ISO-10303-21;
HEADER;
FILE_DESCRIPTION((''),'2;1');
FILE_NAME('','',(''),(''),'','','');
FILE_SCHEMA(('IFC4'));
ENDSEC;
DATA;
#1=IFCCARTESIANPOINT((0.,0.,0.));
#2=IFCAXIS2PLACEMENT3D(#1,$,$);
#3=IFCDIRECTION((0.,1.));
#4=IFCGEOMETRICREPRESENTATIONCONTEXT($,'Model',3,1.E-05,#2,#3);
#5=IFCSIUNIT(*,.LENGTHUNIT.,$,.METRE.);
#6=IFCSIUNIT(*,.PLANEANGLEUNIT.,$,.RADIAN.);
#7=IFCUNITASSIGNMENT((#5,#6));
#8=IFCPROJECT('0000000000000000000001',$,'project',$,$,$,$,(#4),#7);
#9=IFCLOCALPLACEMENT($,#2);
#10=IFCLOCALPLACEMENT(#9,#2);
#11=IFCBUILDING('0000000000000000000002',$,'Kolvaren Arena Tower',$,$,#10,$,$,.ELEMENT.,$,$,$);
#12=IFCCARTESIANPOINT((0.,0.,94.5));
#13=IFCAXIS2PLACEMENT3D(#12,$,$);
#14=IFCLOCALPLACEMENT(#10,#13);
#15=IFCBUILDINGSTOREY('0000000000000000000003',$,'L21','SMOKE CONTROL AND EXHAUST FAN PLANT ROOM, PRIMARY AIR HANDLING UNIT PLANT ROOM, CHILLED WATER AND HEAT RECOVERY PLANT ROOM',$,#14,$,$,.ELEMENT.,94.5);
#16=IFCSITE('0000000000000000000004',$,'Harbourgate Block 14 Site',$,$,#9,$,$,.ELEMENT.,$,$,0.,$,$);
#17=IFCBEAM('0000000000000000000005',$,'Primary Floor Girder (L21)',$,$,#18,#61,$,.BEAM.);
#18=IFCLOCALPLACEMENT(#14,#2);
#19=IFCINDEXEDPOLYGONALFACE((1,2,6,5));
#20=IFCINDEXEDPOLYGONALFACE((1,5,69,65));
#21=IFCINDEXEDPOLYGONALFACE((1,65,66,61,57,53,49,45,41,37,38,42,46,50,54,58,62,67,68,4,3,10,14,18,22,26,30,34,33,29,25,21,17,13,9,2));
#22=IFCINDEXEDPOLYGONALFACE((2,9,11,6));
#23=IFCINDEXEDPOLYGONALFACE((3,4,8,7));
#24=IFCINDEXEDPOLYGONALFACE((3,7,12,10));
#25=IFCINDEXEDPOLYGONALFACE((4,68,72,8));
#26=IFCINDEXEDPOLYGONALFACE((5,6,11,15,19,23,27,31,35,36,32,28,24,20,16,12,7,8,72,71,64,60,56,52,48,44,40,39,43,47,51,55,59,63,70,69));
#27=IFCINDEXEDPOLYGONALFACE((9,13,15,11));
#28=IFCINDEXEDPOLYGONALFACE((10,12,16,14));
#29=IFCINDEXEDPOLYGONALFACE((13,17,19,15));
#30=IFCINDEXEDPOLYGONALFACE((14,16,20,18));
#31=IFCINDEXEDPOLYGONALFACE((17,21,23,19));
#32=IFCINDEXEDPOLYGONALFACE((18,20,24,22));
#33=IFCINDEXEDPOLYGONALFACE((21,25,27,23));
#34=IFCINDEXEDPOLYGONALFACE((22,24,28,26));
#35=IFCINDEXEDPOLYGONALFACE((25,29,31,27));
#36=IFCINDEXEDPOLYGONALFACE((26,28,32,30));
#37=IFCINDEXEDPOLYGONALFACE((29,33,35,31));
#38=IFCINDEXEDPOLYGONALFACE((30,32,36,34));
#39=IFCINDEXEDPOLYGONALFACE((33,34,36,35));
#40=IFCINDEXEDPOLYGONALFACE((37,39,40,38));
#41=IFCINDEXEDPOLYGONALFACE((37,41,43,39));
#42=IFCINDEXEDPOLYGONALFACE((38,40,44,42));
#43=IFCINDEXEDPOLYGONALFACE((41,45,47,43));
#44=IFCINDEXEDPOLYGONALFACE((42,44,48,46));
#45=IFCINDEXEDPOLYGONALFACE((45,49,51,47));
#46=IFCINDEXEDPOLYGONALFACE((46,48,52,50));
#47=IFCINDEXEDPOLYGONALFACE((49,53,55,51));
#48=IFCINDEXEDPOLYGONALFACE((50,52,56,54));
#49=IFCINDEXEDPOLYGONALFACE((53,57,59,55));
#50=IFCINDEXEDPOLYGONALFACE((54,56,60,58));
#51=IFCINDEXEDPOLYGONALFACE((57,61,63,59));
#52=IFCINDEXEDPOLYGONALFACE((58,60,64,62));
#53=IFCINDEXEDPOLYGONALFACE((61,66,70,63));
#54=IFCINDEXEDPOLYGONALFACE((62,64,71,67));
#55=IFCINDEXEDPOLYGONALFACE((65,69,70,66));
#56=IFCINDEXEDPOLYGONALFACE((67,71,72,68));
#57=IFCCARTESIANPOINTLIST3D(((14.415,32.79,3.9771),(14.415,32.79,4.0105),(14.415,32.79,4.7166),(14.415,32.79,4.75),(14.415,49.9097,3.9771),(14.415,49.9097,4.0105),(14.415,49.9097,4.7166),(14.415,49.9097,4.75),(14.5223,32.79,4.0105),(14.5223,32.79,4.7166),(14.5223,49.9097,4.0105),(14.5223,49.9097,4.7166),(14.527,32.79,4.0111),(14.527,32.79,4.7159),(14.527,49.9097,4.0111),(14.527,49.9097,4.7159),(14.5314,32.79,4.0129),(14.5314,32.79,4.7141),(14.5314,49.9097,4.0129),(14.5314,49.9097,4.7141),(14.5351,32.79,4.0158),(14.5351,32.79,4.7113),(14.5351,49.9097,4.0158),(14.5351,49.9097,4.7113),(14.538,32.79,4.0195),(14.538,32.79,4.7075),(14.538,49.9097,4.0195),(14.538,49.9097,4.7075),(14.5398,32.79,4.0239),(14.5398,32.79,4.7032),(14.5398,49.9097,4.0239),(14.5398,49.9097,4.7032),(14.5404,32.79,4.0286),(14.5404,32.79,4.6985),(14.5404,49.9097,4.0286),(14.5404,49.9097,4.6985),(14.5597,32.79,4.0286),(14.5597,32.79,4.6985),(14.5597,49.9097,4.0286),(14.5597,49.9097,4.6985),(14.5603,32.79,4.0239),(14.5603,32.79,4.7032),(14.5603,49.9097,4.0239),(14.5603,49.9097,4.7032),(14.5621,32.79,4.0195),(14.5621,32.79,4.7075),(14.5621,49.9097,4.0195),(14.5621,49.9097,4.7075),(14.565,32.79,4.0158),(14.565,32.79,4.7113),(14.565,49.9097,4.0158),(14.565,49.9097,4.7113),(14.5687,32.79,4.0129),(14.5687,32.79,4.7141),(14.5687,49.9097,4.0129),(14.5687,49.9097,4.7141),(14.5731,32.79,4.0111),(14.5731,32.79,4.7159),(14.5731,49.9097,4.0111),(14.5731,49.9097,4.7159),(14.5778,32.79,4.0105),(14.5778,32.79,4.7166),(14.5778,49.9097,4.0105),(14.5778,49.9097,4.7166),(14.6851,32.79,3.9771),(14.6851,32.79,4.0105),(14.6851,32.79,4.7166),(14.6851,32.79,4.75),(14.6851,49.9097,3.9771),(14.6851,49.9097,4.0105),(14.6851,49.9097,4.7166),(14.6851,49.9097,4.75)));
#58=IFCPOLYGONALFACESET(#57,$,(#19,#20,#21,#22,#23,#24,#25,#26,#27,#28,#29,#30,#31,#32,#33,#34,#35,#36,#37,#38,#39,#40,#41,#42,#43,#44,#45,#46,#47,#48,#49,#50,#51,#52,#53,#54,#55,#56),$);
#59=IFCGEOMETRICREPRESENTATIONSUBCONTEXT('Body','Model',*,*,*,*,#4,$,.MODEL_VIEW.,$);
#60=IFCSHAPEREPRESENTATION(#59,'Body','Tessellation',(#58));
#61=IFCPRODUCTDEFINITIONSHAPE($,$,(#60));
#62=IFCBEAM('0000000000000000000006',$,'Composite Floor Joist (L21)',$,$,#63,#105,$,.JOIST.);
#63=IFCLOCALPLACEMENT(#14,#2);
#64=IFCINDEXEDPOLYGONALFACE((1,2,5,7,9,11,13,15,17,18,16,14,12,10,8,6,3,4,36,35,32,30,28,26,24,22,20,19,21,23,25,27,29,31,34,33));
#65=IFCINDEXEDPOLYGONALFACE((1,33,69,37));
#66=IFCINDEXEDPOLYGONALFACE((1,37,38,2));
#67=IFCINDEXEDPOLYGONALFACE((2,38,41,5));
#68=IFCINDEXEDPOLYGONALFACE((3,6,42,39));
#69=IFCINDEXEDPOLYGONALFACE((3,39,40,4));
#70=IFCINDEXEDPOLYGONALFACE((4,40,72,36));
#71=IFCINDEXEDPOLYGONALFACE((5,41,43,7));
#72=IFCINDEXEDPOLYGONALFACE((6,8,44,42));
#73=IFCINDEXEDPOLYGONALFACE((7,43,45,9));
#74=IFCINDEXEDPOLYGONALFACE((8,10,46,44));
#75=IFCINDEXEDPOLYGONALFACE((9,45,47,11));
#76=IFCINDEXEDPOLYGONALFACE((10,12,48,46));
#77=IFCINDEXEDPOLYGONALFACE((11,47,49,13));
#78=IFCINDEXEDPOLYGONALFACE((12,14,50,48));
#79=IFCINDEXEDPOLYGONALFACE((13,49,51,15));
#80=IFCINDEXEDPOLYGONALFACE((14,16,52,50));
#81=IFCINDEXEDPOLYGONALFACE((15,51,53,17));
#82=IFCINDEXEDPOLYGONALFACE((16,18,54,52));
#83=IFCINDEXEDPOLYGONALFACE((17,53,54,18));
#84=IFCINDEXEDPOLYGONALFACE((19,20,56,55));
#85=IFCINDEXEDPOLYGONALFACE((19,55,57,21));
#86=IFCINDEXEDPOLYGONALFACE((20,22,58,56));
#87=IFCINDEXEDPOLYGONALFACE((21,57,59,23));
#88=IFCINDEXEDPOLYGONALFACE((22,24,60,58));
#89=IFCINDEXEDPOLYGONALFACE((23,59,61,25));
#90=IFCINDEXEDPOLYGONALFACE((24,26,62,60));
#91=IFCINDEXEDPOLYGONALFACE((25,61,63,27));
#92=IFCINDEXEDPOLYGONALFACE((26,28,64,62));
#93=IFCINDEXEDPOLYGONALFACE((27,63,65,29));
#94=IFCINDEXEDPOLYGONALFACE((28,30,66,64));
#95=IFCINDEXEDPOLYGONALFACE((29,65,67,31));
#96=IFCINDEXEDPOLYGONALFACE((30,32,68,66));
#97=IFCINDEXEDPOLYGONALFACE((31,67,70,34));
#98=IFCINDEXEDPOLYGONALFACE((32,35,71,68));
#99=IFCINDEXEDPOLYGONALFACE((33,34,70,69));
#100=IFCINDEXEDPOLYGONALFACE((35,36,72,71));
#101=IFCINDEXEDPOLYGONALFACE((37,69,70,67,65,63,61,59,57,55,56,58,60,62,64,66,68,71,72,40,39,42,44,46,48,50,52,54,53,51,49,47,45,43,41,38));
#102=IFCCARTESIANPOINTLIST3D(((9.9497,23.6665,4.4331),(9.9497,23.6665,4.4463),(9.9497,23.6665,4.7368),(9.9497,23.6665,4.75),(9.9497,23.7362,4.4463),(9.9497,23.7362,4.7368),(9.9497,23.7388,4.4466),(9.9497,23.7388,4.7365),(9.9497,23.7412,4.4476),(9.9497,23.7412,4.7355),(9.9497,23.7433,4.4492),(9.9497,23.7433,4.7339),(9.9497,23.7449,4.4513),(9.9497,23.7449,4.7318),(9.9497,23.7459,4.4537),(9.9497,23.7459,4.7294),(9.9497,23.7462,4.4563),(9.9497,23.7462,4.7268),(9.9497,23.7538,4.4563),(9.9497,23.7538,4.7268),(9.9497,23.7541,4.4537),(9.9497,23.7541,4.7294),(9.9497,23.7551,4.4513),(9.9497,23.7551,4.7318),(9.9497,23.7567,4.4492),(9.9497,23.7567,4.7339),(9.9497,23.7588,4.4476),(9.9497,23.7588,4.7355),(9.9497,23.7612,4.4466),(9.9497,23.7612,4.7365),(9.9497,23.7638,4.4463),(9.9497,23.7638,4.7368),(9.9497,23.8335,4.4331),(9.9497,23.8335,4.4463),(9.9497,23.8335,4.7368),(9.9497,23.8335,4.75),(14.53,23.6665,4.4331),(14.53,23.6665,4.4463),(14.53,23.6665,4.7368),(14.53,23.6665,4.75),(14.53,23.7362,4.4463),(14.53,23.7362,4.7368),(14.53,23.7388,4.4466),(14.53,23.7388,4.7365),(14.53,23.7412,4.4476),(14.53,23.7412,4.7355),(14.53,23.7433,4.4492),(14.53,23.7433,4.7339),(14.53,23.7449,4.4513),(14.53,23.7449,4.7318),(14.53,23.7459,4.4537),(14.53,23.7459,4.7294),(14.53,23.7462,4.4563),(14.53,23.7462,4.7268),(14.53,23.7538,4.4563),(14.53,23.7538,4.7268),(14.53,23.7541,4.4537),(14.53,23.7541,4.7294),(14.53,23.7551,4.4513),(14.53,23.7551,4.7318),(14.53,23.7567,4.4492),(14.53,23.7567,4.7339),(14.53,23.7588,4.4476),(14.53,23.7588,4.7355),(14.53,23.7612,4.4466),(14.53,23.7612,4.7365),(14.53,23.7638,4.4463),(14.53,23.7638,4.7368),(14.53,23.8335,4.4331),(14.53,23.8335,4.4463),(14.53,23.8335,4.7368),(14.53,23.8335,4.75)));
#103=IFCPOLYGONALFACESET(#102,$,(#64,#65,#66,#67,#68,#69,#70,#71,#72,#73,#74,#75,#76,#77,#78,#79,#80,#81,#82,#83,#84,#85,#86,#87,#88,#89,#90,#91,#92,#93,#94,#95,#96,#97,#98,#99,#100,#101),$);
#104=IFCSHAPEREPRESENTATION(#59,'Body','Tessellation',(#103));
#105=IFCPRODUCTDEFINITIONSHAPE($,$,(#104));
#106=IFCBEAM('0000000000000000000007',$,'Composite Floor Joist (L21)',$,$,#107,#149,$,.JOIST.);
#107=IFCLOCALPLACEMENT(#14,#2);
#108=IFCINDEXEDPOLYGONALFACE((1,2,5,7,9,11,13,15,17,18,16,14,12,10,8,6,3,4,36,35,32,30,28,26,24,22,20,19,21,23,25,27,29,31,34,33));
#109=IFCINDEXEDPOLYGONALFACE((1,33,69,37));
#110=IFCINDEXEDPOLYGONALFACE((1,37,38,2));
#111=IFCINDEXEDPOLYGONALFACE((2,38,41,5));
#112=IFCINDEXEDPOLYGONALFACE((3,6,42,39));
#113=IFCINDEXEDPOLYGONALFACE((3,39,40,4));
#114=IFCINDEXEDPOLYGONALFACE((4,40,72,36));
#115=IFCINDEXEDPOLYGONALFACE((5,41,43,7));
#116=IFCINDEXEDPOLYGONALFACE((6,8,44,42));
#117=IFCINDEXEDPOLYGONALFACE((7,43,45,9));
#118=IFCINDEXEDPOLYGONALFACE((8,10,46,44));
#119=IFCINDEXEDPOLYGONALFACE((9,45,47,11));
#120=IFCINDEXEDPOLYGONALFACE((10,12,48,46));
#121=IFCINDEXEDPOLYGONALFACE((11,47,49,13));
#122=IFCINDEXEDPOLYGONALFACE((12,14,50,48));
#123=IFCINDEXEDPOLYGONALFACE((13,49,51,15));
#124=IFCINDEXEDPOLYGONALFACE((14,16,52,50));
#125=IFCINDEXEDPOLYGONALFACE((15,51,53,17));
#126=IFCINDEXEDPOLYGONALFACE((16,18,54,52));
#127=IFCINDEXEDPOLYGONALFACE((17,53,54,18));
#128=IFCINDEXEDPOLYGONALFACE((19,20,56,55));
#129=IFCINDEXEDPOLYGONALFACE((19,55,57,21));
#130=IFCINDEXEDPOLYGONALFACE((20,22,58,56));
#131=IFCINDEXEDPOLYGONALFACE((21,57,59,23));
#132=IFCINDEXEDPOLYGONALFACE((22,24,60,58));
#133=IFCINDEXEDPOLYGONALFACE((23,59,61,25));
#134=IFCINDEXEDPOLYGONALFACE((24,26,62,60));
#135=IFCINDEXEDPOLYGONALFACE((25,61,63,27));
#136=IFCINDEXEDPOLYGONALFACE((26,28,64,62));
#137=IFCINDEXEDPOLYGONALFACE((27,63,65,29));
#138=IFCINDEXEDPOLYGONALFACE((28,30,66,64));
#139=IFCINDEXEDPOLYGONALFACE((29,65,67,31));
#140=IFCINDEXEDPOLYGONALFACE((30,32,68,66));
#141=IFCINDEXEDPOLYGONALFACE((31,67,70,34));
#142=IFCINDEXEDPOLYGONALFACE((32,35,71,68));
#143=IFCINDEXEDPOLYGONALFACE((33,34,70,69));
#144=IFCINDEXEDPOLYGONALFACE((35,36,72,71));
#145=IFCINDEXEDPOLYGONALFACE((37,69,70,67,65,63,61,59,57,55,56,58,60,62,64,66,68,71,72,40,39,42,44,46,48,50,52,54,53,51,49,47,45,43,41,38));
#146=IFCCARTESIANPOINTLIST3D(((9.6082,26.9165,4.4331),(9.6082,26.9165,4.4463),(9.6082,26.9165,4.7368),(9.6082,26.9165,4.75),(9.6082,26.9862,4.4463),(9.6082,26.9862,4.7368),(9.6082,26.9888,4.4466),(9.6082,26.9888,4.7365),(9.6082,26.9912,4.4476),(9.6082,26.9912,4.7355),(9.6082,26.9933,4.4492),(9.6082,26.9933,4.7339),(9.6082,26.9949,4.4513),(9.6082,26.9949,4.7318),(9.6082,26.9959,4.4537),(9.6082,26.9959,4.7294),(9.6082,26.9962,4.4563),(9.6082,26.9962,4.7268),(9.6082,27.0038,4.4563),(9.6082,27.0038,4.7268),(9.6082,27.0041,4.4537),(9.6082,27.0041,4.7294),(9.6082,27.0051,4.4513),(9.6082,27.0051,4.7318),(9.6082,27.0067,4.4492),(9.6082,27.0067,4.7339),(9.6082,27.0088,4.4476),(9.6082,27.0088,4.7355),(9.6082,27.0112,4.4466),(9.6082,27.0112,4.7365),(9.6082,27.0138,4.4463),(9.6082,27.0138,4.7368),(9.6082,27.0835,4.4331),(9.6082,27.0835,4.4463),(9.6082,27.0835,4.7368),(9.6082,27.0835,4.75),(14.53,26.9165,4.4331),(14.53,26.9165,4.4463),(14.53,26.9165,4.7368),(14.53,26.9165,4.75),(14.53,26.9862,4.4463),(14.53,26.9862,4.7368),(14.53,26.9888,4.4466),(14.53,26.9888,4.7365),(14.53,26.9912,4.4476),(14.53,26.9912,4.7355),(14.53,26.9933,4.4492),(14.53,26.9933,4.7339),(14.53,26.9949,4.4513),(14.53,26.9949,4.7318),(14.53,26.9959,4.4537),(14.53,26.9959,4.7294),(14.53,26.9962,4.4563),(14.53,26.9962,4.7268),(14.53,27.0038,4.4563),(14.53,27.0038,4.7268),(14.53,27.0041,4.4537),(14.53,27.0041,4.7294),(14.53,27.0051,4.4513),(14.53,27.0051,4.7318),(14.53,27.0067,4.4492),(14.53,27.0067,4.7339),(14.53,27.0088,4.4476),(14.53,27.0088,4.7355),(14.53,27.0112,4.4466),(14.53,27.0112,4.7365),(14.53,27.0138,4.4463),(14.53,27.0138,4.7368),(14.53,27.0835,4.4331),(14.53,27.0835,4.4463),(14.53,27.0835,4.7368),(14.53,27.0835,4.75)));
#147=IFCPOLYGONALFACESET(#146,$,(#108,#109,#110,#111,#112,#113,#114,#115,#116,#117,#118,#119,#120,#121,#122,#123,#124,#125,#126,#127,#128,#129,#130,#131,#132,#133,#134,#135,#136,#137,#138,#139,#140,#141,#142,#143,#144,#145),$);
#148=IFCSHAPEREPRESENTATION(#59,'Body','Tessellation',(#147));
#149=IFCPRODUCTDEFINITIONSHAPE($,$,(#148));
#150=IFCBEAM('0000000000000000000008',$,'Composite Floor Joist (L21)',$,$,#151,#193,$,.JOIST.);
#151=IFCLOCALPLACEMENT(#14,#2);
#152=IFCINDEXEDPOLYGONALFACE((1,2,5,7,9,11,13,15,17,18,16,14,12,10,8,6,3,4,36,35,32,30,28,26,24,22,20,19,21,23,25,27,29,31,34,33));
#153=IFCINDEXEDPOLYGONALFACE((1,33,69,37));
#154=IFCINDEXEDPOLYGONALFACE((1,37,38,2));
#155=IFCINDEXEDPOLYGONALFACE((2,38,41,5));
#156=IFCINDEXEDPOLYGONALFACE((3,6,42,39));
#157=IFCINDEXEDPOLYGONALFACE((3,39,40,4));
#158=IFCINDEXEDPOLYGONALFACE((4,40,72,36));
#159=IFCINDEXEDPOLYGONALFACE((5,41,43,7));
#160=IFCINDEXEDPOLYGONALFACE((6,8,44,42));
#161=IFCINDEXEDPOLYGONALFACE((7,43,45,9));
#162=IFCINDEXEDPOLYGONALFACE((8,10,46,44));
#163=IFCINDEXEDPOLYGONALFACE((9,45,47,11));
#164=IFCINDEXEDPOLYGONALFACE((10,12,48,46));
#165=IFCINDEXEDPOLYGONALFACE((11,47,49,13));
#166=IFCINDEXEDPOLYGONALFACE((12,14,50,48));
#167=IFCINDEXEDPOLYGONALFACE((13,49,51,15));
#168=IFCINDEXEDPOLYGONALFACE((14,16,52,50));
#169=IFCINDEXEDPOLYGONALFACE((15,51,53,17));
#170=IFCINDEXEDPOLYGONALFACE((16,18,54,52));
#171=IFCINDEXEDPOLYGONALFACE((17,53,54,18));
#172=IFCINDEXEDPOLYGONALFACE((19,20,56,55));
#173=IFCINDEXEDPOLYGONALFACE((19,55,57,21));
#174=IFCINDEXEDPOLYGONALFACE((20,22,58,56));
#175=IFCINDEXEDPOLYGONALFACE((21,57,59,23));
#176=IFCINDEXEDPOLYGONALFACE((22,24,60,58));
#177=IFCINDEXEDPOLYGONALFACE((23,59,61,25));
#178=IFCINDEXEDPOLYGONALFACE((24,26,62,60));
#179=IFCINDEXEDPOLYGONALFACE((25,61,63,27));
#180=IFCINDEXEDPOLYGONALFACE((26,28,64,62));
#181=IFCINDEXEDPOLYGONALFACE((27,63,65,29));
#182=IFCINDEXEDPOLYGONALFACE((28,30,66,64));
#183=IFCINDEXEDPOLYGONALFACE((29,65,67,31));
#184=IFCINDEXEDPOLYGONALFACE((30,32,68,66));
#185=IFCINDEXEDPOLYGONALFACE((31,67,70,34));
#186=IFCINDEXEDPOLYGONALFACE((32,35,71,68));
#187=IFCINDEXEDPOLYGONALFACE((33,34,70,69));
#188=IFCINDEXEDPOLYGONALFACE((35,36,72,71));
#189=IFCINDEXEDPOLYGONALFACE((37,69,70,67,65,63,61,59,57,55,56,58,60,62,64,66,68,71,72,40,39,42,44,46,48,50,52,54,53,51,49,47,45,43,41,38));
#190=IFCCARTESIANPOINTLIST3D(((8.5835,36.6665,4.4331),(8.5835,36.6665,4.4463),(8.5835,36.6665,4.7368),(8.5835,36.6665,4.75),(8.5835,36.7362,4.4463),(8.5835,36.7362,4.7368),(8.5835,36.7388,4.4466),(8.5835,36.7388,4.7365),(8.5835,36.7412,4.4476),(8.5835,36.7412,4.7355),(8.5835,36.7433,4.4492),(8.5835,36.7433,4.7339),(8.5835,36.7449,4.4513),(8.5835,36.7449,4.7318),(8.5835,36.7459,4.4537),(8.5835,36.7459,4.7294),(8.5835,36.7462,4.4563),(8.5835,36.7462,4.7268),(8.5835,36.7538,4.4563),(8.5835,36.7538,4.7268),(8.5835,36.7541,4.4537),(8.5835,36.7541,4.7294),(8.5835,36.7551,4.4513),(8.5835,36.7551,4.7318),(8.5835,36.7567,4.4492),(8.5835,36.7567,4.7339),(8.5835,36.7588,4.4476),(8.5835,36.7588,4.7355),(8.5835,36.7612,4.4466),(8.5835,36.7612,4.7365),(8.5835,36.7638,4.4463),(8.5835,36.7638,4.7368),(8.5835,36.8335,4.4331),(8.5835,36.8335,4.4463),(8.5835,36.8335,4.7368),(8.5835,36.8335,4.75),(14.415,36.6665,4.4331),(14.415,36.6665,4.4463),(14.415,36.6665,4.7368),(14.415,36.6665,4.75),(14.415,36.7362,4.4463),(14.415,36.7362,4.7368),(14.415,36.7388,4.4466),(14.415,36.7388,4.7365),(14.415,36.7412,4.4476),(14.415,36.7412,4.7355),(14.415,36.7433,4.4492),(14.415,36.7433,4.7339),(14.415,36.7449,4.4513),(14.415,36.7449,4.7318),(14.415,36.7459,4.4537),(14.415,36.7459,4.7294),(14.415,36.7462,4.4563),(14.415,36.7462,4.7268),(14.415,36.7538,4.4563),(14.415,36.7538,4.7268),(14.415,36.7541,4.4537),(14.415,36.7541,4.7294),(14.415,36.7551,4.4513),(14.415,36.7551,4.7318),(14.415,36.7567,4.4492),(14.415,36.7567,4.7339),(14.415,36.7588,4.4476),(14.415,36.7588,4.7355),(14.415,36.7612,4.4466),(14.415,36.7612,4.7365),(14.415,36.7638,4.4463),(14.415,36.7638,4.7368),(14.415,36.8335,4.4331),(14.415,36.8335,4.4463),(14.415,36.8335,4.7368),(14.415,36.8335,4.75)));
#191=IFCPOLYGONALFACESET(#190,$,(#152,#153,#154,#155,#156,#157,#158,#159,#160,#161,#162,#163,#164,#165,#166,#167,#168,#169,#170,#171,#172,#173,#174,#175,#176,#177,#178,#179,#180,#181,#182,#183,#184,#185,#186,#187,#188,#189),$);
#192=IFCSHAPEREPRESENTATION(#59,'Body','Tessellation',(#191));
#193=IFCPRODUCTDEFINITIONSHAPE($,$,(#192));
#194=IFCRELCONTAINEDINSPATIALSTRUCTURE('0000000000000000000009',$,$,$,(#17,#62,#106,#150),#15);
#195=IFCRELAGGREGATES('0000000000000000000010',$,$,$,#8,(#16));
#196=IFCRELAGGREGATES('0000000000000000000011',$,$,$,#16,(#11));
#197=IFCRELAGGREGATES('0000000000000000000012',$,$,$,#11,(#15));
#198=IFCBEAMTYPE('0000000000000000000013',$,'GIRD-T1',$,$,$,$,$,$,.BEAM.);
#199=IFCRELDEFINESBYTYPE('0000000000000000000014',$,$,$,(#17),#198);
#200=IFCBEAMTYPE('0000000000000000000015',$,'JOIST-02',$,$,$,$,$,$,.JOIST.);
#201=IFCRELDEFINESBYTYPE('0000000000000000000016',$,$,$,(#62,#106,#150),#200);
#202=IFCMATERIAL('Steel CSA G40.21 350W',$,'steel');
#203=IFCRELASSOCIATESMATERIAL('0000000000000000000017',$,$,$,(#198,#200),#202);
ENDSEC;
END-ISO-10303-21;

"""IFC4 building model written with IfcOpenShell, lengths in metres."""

from ifc_helpers import new_model, si_unit, direction, frame, origin, origin_2d, place, context, subcontext, project, spatial, i_section, extrude, material, material_profile, profile_set, type_object, element, save


model = new_model("IFC4")

# Units and contexts
model_context = context("Model", 3, precision=1e-05, world=origin(), true_north=direction((0.0, 1.0)))
body_context = subcontext(model_context, "Body", "Model", "MODEL_VIEW")
ifc_project = project(units=[si_unit("LENGTHUNIT", "METRE"), si_unit("PLANEANGLEUNIT", "RADIAN")], contexts=[model_context])

# Site, building, storey
site_placement = place(None, origin())
site = spatial("IfcSite", under=ifc_project, at=site_placement, Name="Harbourgate Block 14 Site", CompositionType="ELEMENT", RefElevation=0.0)
building_placement = place(site_placement, origin())
building = spatial("IfcBuilding", under=site, at=building_placement, Name="Kolvaren Arena Tower", CompositionType="ELEMENT")
storey_placement = place(building_placement, frame((0.0, 0.0, 94.5)))
storey = spatial("IfcBuildingStorey", under=building, at=storey_placement, Name="L21", Description="SMOKE CONTROL AND EXHAUST FAN PLANT ROOM, PRIMARY AIR HANDLING UNIT PLANT ROOM, CHILLED WATER AND HEAT RECOVERY PLANT ROOM", CompositionType="ELEMENT", Elevation=94.5)

# Shared definitions
ifc_material_1 = material(Name="Steel CSA G40.21 350W", Category="steel")

# Beams
ifc_material_profile_1 = material_profile(ifc_material_1, i_section(OverallWidth=0.27, OverallDepth=0.7729, WebThickness=0.0193, FlangeThickness=0.0334, FilletRadius=0.0181, at=origin_2d()), Name="W760x257")
ifc_profile_set_1 = profile_set([ifc_material_profile_1], Name="Steel CSA G40.21 350W")
beam_type_1 = type_object("IfcBeamType", Name="GIRD-T1", PredefinedType="BEAM", material=ifc_profile_set_1)
beam_1_placement = place(storey_placement, frame((14.55, 32.79, 4.3635), z_axis=(0.0, 1.0, 0.0), x_axis=(-1.0, 0.0, 0.0)))
element("IfcBeam", 1, at=beam_1_placement, inside=storey, type_object=beam_type_1, Name="Primary Floor Girder (L21)", PredefinedType="BEAM", context=body_context, shape_type="SweptSolid", body=[
    extrude(i_section(OverallWidth=0.27, OverallDepth=0.7729, WebThickness=0.0193, FlangeThickness=0.0334, FilletRadius=0.0181, at=origin_2d()), origin(), (0.0, 0.0, 1.0), 17.1196),
])
ifc_material_profile_2 = material_profile(ifc_material_1, i_section(OverallWidth=0.167, OverallDepth=0.3169, WebThickness=0.0076, FlangeThickness=0.0132, FilletRadius=0.01, at=origin_2d()), Name="W310x52")
ifc_profile_set_2 = profile_set([ifc_material_profile_2], Name="Steel CSA G40.21 350W")
beam_type_2 = type_object("IfcBeamType", Name="JOIST-02", PredefinedType="JOIST", material=ifc_profile_set_2)
beam_2_placement = place(storey_placement, frame((9.9497, 23.75, 4.5916), z_axis=(1.0, 0.0, 0.0), x_axis=(0.0, 1.0, 0.0)))
element("IfcBeam", 2, at=beam_2_placement, inside=storey, type_object=beam_type_2, Name="Composite Floor Joist (L21)", PredefinedType="JOIST", context=body_context, shape_type="SweptSolid", body=[
    extrude(i_section(OverallWidth=0.167, OverallDepth=0.3169, WebThickness=0.0076, FlangeThickness=0.0132, FilletRadius=0.01, at=origin_2d()), origin(), (0.0, 0.0, 1.0), 4.5803),
])
beam_3_placement = place(storey_placement, frame((9.6082, 27.0, 4.5916), z_axis=(1.0, 0.0, 0.0), x_axis=(0.0, 1.0, 0.0)))
element("IfcBeam", 3, at=beam_3_placement, inside=storey, type_object=beam_type_2, Name="Composite Floor Joist (L21)", PredefinedType="JOIST", context=body_context, shape_type="SweptSolid", body=[
    extrude(i_section(OverallWidth=0.167, OverallDepth=0.3169, WebThickness=0.0076, FlangeThickness=0.0132, FilletRadius=0.01, at=origin_2d()), origin(), (0.0, 0.0, 1.0), 4.9219),
])
beam_4_placement = place(storey_placement, frame((8.5835, 36.75, 4.5916), z_axis=(1.0, 0.0, 0.0), x_axis=(0.0, 1.0, 0.0)))
element("IfcBeam", 4, at=beam_4_placement, inside=storey, type_object=beam_type_2, Name="Composite Floor Joist (L21)", PredefinedType="JOIST", context=body_context, shape_type="SweptSolid", body=[
    extrude(i_section(OverallWidth=0.167, OverallDepth=0.3169, WebThickness=0.0076, FlangeThickness=0.0132, FilletRadius=0.01, at=origin_2d()), origin(), (0.0, 0.0, 1.0), 5.8315),
])

save(model, "model.ifc")
